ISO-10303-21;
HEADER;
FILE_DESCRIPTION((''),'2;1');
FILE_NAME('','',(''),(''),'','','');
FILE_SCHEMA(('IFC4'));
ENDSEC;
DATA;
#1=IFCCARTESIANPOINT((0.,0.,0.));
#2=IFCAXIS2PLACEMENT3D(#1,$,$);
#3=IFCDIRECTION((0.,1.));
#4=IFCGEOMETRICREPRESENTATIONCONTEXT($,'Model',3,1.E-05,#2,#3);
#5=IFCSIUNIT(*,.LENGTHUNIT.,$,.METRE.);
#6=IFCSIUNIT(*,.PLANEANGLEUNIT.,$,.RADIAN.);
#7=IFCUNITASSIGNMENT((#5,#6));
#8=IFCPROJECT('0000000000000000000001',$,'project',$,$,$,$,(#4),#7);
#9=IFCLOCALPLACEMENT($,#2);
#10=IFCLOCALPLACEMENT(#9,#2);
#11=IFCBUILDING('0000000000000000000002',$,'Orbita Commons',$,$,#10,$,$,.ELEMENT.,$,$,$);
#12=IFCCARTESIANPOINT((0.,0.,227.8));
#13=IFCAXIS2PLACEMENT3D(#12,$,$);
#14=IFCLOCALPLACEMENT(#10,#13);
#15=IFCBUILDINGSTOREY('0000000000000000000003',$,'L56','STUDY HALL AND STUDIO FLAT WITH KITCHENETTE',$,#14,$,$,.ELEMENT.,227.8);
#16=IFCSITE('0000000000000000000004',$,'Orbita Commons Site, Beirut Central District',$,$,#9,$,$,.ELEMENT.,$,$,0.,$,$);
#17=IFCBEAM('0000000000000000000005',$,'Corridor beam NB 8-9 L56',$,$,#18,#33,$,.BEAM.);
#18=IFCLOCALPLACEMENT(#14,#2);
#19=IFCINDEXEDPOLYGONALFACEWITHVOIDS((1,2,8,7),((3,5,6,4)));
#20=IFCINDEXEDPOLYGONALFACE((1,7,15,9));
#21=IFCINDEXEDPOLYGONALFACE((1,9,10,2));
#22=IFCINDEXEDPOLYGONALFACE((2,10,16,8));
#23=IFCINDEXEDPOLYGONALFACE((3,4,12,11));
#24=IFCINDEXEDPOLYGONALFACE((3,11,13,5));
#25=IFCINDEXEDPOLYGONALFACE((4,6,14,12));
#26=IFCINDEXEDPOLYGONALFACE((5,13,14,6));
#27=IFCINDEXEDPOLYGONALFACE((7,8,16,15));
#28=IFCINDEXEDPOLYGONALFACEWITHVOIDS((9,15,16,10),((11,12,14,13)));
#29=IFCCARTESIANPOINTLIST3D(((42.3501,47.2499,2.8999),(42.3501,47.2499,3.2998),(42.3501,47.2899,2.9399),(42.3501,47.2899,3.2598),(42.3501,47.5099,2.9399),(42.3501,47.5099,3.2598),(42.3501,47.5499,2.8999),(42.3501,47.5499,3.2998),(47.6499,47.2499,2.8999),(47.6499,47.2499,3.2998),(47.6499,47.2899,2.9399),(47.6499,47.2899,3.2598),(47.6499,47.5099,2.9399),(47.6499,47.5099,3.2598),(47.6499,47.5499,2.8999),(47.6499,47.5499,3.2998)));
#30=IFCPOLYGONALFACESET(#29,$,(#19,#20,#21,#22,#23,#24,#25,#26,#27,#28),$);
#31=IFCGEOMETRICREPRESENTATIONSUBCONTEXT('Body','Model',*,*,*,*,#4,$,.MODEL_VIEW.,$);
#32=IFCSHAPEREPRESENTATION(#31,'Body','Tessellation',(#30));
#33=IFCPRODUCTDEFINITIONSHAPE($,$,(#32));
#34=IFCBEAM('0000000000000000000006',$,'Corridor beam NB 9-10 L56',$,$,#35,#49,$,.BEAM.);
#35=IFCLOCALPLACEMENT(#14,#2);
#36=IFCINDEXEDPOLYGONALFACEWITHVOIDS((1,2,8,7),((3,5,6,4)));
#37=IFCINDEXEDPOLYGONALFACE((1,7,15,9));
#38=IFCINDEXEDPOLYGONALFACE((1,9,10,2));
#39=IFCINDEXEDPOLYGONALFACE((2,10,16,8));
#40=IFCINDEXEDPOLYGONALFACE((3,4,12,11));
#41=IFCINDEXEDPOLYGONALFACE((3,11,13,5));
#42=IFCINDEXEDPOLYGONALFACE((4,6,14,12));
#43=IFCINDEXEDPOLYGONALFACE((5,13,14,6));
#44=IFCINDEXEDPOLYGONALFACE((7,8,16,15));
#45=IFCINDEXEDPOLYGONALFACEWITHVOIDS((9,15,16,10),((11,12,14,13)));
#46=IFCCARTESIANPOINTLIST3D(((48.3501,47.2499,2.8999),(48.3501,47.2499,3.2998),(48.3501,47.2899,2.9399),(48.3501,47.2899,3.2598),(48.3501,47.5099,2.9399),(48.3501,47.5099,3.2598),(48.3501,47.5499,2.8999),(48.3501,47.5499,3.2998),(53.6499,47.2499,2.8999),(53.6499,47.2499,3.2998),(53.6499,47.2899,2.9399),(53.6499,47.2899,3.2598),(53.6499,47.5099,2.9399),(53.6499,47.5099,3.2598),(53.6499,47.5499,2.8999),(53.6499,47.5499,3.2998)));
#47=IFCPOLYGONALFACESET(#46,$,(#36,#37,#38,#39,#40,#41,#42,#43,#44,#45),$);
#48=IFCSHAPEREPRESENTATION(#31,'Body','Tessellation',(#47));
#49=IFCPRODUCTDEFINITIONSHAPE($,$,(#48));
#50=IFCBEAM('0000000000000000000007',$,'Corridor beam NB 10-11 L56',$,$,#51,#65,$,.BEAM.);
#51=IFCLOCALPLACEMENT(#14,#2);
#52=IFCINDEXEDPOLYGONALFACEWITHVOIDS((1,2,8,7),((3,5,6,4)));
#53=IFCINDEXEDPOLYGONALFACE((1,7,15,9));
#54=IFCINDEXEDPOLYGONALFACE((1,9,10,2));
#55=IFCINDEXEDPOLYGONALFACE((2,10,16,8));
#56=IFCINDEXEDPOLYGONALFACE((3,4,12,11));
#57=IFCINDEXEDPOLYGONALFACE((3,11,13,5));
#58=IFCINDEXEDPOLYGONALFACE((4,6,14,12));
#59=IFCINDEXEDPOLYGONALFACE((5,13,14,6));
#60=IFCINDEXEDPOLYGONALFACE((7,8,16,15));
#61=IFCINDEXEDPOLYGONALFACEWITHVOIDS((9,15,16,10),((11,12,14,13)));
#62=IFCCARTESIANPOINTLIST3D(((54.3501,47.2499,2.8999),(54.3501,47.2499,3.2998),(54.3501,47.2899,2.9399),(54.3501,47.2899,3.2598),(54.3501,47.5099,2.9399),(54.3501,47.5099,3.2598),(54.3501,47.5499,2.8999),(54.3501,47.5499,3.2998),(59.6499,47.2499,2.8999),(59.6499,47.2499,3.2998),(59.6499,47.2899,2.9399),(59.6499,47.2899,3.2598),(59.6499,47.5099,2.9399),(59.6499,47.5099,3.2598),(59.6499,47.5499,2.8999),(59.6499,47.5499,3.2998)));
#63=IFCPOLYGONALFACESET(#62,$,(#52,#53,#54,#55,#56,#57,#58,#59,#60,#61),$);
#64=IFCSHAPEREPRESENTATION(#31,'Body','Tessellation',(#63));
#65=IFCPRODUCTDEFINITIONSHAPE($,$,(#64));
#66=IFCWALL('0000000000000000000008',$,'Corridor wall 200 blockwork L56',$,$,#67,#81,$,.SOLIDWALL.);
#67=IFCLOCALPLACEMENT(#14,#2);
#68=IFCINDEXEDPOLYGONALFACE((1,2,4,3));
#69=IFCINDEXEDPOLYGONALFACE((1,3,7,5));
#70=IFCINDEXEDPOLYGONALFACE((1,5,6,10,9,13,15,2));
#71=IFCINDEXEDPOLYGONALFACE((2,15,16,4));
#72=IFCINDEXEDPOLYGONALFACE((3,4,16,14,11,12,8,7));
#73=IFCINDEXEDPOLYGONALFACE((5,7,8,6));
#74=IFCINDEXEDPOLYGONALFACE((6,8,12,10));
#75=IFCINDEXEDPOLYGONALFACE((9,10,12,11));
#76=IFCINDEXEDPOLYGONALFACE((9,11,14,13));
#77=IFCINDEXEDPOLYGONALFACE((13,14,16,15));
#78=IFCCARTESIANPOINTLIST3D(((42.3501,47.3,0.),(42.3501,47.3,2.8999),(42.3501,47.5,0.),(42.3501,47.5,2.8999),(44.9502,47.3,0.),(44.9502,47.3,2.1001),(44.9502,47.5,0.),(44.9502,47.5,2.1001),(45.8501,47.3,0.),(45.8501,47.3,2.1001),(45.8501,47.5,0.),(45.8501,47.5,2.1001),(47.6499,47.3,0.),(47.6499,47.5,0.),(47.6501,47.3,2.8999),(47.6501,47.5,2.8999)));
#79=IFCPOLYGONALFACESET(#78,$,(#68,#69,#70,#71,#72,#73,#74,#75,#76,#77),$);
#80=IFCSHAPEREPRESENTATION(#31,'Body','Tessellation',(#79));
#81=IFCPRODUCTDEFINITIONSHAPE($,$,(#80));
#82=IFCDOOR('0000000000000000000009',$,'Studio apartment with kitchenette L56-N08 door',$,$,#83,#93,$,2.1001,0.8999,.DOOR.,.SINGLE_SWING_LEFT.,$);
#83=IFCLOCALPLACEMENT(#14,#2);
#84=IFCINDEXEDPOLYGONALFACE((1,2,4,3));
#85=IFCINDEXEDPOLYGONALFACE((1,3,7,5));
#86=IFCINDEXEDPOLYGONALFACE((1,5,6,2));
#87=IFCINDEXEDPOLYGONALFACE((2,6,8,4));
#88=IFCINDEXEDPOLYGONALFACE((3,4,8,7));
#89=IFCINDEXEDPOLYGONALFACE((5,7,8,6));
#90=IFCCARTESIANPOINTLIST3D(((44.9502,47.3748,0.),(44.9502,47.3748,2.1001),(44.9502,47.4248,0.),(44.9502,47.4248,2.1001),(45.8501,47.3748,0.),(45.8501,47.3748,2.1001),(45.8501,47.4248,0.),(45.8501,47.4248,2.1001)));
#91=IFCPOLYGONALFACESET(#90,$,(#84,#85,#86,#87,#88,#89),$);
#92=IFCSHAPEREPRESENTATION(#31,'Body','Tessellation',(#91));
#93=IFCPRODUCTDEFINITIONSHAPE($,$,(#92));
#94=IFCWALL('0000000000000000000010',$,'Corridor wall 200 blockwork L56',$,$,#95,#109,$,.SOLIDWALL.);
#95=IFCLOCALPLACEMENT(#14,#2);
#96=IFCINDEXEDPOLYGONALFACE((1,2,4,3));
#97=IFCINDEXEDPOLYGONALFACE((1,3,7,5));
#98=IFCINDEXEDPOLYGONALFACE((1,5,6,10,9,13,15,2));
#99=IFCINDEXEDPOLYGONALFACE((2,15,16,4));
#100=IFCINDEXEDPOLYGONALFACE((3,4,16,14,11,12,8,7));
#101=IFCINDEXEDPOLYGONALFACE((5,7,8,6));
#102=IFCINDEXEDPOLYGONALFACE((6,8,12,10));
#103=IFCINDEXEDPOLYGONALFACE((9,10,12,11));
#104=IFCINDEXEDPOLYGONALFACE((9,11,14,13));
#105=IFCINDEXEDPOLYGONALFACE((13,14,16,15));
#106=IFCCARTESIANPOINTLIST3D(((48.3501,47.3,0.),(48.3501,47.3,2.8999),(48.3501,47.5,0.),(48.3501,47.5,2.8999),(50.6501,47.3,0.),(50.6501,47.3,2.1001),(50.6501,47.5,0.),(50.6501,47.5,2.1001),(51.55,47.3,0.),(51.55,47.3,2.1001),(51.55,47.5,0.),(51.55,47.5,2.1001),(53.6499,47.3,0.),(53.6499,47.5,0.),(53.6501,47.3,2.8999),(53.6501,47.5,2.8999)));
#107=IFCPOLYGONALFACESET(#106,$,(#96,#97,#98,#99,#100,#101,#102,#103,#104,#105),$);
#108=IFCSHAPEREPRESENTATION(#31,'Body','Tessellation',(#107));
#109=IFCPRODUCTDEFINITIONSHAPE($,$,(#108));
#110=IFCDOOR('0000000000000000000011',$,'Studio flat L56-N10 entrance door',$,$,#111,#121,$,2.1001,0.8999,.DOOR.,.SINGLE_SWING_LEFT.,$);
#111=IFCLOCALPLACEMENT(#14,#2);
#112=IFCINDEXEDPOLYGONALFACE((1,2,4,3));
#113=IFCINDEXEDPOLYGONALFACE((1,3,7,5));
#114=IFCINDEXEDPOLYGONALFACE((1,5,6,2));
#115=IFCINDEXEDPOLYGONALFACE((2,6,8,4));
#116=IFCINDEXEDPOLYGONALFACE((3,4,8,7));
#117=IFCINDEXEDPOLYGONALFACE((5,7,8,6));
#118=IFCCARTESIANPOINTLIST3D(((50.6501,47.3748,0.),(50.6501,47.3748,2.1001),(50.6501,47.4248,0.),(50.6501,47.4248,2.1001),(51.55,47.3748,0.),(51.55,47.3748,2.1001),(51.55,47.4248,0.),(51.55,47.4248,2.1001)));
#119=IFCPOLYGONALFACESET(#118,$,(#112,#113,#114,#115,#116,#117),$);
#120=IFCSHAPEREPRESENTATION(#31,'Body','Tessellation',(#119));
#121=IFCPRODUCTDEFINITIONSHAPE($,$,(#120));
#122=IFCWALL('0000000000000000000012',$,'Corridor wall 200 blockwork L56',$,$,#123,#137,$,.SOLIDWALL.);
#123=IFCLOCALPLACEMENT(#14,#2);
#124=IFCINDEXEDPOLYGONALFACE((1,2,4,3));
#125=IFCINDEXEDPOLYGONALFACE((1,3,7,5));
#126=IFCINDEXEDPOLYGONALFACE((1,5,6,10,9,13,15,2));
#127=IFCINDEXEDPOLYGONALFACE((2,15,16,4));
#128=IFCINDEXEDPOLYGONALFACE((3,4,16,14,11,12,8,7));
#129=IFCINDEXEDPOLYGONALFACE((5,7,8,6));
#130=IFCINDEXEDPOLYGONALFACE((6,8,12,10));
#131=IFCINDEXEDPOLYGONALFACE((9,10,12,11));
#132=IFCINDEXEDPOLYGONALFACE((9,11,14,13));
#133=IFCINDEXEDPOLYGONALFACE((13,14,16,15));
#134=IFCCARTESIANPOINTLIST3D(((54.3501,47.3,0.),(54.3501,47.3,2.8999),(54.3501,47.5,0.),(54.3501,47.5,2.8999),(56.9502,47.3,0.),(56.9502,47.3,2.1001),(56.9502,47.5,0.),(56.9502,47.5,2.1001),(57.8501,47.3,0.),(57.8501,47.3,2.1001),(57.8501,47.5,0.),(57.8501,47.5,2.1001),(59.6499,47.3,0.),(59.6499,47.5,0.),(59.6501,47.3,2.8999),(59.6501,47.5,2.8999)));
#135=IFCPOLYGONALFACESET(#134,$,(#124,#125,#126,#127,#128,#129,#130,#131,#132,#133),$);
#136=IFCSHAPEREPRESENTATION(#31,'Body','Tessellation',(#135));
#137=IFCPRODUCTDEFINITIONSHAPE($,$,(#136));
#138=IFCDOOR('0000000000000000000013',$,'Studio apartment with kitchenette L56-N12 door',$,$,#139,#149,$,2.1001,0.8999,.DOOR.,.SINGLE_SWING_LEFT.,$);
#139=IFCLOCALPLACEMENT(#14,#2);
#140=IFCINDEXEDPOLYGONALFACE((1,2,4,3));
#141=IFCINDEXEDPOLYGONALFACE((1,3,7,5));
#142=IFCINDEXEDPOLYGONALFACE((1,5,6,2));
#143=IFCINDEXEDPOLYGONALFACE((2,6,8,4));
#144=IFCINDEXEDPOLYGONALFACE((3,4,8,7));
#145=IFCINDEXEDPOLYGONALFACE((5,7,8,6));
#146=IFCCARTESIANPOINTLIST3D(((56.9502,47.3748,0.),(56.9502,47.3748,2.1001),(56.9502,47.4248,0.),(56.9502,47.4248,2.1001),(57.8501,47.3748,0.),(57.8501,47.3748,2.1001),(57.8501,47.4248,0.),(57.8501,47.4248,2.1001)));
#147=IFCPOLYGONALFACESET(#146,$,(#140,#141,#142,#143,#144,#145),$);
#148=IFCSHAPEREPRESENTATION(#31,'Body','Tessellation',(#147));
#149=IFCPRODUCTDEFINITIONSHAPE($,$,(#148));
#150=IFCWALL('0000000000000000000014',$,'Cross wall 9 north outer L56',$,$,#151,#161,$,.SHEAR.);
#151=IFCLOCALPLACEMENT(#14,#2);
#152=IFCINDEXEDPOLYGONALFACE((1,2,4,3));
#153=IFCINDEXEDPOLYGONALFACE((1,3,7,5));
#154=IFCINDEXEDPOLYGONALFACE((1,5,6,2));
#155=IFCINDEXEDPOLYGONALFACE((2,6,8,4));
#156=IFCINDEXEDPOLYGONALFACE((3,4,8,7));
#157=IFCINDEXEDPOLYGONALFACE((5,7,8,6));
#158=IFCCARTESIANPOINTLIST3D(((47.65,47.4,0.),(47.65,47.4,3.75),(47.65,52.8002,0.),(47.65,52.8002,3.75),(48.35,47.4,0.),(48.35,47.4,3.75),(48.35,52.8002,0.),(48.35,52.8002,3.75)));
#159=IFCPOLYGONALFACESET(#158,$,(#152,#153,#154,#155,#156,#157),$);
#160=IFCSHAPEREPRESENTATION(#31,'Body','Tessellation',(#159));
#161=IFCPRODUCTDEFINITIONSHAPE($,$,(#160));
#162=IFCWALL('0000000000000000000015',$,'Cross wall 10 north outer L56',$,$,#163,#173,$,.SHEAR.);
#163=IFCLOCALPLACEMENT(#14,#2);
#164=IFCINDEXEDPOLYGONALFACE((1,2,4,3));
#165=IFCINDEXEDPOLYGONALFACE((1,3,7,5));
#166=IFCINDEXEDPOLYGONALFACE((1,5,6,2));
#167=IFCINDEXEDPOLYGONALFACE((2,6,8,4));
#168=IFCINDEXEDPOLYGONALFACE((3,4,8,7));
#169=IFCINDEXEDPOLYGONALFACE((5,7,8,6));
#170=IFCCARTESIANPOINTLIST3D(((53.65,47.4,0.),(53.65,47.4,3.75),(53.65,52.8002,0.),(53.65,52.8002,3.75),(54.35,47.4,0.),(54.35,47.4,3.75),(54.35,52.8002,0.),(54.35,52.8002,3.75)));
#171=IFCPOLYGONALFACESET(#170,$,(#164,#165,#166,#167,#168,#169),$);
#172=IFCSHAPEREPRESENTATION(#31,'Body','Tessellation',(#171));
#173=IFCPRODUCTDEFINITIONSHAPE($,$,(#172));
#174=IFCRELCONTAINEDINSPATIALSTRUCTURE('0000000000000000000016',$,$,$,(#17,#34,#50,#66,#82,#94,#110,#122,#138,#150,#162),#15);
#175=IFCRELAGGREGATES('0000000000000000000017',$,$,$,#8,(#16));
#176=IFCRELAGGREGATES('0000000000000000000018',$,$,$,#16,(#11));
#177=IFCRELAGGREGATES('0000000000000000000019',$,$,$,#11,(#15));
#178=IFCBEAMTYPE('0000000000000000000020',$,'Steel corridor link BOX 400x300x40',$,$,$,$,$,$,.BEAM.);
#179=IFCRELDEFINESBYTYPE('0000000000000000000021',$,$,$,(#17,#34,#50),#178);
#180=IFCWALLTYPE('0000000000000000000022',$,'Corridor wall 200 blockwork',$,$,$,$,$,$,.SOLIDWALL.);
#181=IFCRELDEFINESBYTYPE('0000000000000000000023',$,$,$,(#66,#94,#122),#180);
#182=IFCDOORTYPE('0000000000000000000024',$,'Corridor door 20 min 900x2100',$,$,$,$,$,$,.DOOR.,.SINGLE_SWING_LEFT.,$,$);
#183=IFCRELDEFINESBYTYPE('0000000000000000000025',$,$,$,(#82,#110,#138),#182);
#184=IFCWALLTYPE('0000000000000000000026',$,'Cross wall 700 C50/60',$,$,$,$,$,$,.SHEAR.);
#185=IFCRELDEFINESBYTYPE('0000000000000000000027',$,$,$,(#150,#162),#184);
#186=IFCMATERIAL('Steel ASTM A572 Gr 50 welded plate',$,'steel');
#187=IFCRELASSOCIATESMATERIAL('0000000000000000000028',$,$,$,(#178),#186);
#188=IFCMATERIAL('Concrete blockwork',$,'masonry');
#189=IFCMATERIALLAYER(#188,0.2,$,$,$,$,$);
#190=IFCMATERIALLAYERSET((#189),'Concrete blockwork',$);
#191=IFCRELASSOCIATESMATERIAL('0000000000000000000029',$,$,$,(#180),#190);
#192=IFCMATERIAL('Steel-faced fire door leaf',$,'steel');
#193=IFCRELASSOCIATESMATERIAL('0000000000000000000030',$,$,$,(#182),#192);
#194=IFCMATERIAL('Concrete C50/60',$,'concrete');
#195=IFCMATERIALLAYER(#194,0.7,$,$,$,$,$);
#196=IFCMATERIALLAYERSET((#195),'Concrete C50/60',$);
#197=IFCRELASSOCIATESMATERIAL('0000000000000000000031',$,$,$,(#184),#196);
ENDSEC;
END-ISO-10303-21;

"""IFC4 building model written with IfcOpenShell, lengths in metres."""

from ifc_helpers import new_model, si_unit, direction, frame, frame_2d, origin, origin_2d, place, context, subcontext, project, spatial, polyline, rectangle, hollow_rectangle, outline, extrude, material, layer, layer_set, material_profile, profile_set, type_object, element, fill, save


model = new_model("IFC4")

# Units and contexts
model_context = context("Model", 3, precision=1e-05, world=origin(), true_north=direction((0.0, 1.0)))
body_context = subcontext(model_context, "Body", "Model", "MODEL_VIEW")
ifc_project = project(units=[si_unit("LENGTHUNIT", "METRE"), si_unit("PLANEANGLEUNIT", "RADIAN")], contexts=[model_context])

# Site, building, storey
site_placement = place(None, origin())
site = spatial("IfcSite", under=ifc_project, at=site_placement, Name="Orbita Commons Site, Beirut Central District", CompositionType="ELEMENT", RefElevation=0.0)
building_placement = place(site_placement, origin())
building = spatial("IfcBuilding", under=site, at=building_placement, Name="Orbita Commons", CompositionType="ELEMENT")
storey_placement = place(building_placement, frame((0.0, 0.0, 227.8)))
storey = spatial("IfcBuildingStorey", under=building, at=storey_placement, Name="L56", Description="STUDY HALL AND STUDIO FLAT WITH KITCHENETTE", CompositionType="ELEMENT", Elevation=227.8)

# Beams
ifc_material_1 = material(Name="Steel ASTM A572 Gr 50 welded plate", Category="steel")
ifc_material_profile = material_profile(ifc_material_1, hollow_rectangle(XDim=0.3, YDim=0.3999, WallThickness=0.04, at=origin_2d()), Name="BOX 400x300x40")
ifc_profile_set = profile_set([ifc_material_profile], Name="Steel ASTM A572 Gr 50 welded plate")
beam_type = type_object("IfcBeamType", Name="Steel corridor link BOX 400x300x40", PredefinedType="BEAM", material=ifc_profile_set)
for number, where, z_axis, x_axis, name in (
    (1, (42.3501, 47.3999, 3.0999), (1.0, 0.0, 0.0), (0.0, 1.0, 0.0), "Corridor beam NB 8-9 L56"),
    (2, (48.3501, 47.3999, 3.0999), (1.0, 0.0, 0.0), (0.0, 1.0, 0.0), "Corridor beam NB 9-10 L56"),
    (3, (54.3501, 47.3999, 3.0999), (1.0, 0.0, 0.0), (0.0, 1.0, 0.0), "Corridor beam NB 10-11 L56"),
):
    element("IfcBeam", number, at=place(storey_placement, frame(where, z_axis=z_axis, x_axis=x_axis)), inside=storey, type_object=beam_type, Name=name, PredefinedType="BEAM", context=body_context, shape_type="SweptSolid", body=[
        extrude(hollow_rectangle(XDim=0.3, YDim=0.3999, WallThickness=0.04, at=origin_2d()), origin(), (0.0, 0.0, 1.0), 5.2998),
    ])

# Walls, openings, doors
ifc_material_2 = material(Name="Concrete blockwork", Category="masonry")
ifc_layer_1 = layer(ifc_material_2, 0.2)
ifc_layer_set_1 = layer_set([ifc_layer_1], Name="Concrete blockwork")
wall_type_1 = type_object("IfcWallType", Name="Corridor wall 200 blockwork", PredefinedType="SOLIDWALL", material=ifc_layer_set_1)
wall_1_placement = place(storey_placement, frame((42.3501, 47.3999, 0.0), z_axis=(0.0, 0.0, 1.0), x_axis=(1.0, 0.0, 0.0)))
wall_1 = element("IfcWall", 4, at=wall_1_placement, inside=storey, type_object=wall_type_1, Name="Corridor wall 200 blockwork L56", PredefinedType="SOLIDWALL", context=body_context, shape_type="SweptSolid", body=[
    extrude(outline(polyline([(0.0, 0.0), (5.2998, 0.0), (5.3, 2.8999), (0.0, 2.8999), (0.0, 0.0)])), frame((0.0, 0.1001, 0.0), z_axis=(0.0, -1.0, 0.0), x_axis=(1.0, 0.0, 0.0)), (0.0, 0.0, 1.0), 0.2),
])
opening_1_placement = place(wall_1_placement, frame((2.6001, 0.0, 0.0)))
opening_1 = element("IfcOpeningElement", 5, at=opening_1_placement, cuts=wall_1, PredefinedType="OPENING", context=body_context, shape_type="SweptSolid", body=[
    extrude(rectangle(XDim=0.8999, YDim=2.1001, at=frame_2d((0.45, 1.05))), frame((0.0, 0.1099, 0.0), z_axis=(0.0, -1.0, 0.0), x_axis=(1.0, 0.0, 0.0)), (0.0, 0.0, 1.0), 0.22),
])
ifc_material_3 = material(Name="Steel-faced fire door leaf", Category="steel")
door_type_1 = type_object("IfcDoorType", Name="Corridor door 20 min 900x2100", OperationType="SINGLE_SWING_LEFT", PredefinedType="DOOR", material=ifc_material_3)
door_1_placement = place(opening_1_placement, origin())
door_1 = element("IfcDoor", 6, at=door_1_placement, inside=storey, type_object=door_type_1, Name="Studio apartment with kitchenette L56-N08 door", OperationType="SINGLE_SWING_LEFT", OverallHeight=2.1001, OverallWidth=0.8999, PredefinedType="DOOR", context=body_context, shape_type="SweptSolid", body=[
    extrude(rectangle(XDim=0.8999, YDim=2.1001, at=frame_2d((0.45, 1.05))), frame((0.0, 0.0249, 0.0), z_axis=(0.0, -1.0, 0.0), x_axis=(1.0, 0.0, 0.0)), (0.0, 0.0, 1.0), 0.05),
])
fill(opening_1, door_1)
wall_2_placement = place(storey_placement, frame((48.3501, 47.3999, 0.0), z_axis=(0.0, 0.0, 1.0), x_axis=(1.0, 0.0, 0.0)))
wall_2 = element("IfcWall", 7, at=wall_2_placement, inside=storey, type_object=wall_type_1, Name="Corridor wall 200 blockwork L56", PredefinedType="SOLIDWALL", context=body_context, shape_type="SweptSolid", body=[
    extrude(outline(polyline([(0.0, 0.0), (5.2998, 0.0), (5.3, 2.8999), (0.0, 2.8999), (0.0, 0.0)])), frame((0.0, 0.1001, 0.0), z_axis=(0.0, -1.0, 0.0), x_axis=(1.0, 0.0, 0.0)), (0.0, 0.0, 1.0), 0.2),
])
opening_2_placement = place(wall_2_placement, frame((2.3, 0.0, 0.0)))
opening_2 = element("IfcOpeningElement", 8, at=opening_2_placement, cuts=wall_2, PredefinedType="OPENING", context=body_context, shape_type="SweptSolid", body=[
    extrude(rectangle(XDim=0.8999, YDim=2.1001, at=frame_2d((0.45, 1.05))), frame((0.0, 0.1099, 0.0), z_axis=(0.0, -1.0, 0.0), x_axis=(1.0, 0.0, 0.0)), (0.0, 0.0, 1.0), 0.22),
])
door_2_placement = place(opening_2_placement, origin())
door_2 = element("IfcDoor", 9, at=door_2_placement, inside=storey, type_object=door_type_1, Name="Studio flat L56-N10 entrance door", OperationType="SINGLE_SWING_LEFT", OverallHeight=2.1001, OverallWidth=0.8999, PredefinedType="DOOR", context=body_context, shape_type="SweptSolid", body=[
    extrude(rectangle(XDim=0.8999, YDim=2.1001, at=frame_2d((0.45, 1.05))), frame((0.0, 0.0249, 0.0), z_axis=(0.0, -1.0, 0.0), x_axis=(1.0, 0.0, 0.0)), (0.0, 0.0, 1.0), 0.05),
])
fill(opening_2, door_2)
wall_3_placement = place(storey_placement, frame((54.3501, 47.3999, 0.0), z_axis=(0.0, 0.0, 1.0), x_axis=(1.0, 0.0, 0.0)))
wall_3 = element("IfcWall", 10, at=wall_3_placement, inside=storey, type_object=wall_type_1, Name="Corridor wall 200 blockwork L56", PredefinedType="SOLIDWALL", context=body_context, shape_type="SweptSolid", body=[
    extrude(outline(polyline([(0.0, 0.0), (5.2998, 0.0), (5.3, 2.8999), (0.0, 2.8999), (0.0, 0.0)])), frame((0.0, 0.1001, 0.0), z_axis=(0.0, -1.0, 0.0), x_axis=(1.0, 0.0, 0.0)), (0.0, 0.0, 1.0), 0.2),
])
opening_3_placement = place(wall_3_placement, frame((2.6001, 0.0, 0.0)))
opening_3 = element("IfcOpeningElement", 11, at=opening_3_placement, cuts=wall_3, PredefinedType="OPENING", context=body_context, shape_type="SweptSolid", body=[
    extrude(rectangle(XDim=0.8999, YDim=2.1001, at=frame_2d((0.45, 1.05))), frame((0.0, 0.1099, 0.0), z_axis=(0.0, -1.0, 0.0), x_axis=(1.0, 0.0, 0.0)), (0.0, 0.0, 1.0), 0.22),
])
door_3_placement = place(opening_3_placement, origin())
door_3 = element("IfcDoor", 12, at=door_3_placement, inside=storey, type_object=door_type_1, Name="Studio apartment with kitchenette L56-N12 door", OperationType="SINGLE_SWING_LEFT", OverallHeight=2.1001, OverallWidth=0.8999, PredefinedType="DOOR", context=body_context, shape_type="SweptSolid", body=[
    extrude(rectangle(XDim=0.8999, YDim=2.1001, at=frame_2d((0.45, 1.05))), frame((0.0, 0.0249, 0.0), z_axis=(0.0, -1.0, 0.0), x_axis=(1.0, 0.0, 0.0)), (0.0, 0.0, 1.0), 0.05),
])
fill(opening_3, door_3)

# Walls
ifc_material_4 = material(Name="Concrete C50/60", Category="concrete")
ifc_layer_2 = layer(ifc_material_4, 0.7)
ifc_layer_set_2 = layer_set([ifc_layer_2], Name="Concrete C50/60")
wall_type_2 = type_object("IfcWallType", Name="Cross wall 700 C50/60", PredefinedType="SHEAR", material=ifc_layer_set_2)
for number, where, z_axis, x_axis, name in (
    (13, (48.0, 47.3999, 0.0), (0.0, 0.0, 1.0), (0.0, 1.0, 0.0), "Cross wall 9 north outer L56"),
    (14, (54.0, 47.3999, 0.0), (0.0, 0.0, 1.0), (0.0, 1.0, 0.0), "Cross wall 10 north outer L56"),
):
    element("IfcWall", number, at=place(storey_placement, frame(where, z_axis=z_axis, x_axis=x_axis)), inside=storey, type_object=wall_type_2, Name=name, PredefinedType="SHEAR", context=body_context, shape_type="SweptSolid", body=[
        extrude(rectangle(XDim=5.4001, YDim=0.7, at=frame_2d((2.7002, 0.0))), origin(), (0.0, 0.0, 1.0), 3.75),
    ])

save(model, "model.ifc")
